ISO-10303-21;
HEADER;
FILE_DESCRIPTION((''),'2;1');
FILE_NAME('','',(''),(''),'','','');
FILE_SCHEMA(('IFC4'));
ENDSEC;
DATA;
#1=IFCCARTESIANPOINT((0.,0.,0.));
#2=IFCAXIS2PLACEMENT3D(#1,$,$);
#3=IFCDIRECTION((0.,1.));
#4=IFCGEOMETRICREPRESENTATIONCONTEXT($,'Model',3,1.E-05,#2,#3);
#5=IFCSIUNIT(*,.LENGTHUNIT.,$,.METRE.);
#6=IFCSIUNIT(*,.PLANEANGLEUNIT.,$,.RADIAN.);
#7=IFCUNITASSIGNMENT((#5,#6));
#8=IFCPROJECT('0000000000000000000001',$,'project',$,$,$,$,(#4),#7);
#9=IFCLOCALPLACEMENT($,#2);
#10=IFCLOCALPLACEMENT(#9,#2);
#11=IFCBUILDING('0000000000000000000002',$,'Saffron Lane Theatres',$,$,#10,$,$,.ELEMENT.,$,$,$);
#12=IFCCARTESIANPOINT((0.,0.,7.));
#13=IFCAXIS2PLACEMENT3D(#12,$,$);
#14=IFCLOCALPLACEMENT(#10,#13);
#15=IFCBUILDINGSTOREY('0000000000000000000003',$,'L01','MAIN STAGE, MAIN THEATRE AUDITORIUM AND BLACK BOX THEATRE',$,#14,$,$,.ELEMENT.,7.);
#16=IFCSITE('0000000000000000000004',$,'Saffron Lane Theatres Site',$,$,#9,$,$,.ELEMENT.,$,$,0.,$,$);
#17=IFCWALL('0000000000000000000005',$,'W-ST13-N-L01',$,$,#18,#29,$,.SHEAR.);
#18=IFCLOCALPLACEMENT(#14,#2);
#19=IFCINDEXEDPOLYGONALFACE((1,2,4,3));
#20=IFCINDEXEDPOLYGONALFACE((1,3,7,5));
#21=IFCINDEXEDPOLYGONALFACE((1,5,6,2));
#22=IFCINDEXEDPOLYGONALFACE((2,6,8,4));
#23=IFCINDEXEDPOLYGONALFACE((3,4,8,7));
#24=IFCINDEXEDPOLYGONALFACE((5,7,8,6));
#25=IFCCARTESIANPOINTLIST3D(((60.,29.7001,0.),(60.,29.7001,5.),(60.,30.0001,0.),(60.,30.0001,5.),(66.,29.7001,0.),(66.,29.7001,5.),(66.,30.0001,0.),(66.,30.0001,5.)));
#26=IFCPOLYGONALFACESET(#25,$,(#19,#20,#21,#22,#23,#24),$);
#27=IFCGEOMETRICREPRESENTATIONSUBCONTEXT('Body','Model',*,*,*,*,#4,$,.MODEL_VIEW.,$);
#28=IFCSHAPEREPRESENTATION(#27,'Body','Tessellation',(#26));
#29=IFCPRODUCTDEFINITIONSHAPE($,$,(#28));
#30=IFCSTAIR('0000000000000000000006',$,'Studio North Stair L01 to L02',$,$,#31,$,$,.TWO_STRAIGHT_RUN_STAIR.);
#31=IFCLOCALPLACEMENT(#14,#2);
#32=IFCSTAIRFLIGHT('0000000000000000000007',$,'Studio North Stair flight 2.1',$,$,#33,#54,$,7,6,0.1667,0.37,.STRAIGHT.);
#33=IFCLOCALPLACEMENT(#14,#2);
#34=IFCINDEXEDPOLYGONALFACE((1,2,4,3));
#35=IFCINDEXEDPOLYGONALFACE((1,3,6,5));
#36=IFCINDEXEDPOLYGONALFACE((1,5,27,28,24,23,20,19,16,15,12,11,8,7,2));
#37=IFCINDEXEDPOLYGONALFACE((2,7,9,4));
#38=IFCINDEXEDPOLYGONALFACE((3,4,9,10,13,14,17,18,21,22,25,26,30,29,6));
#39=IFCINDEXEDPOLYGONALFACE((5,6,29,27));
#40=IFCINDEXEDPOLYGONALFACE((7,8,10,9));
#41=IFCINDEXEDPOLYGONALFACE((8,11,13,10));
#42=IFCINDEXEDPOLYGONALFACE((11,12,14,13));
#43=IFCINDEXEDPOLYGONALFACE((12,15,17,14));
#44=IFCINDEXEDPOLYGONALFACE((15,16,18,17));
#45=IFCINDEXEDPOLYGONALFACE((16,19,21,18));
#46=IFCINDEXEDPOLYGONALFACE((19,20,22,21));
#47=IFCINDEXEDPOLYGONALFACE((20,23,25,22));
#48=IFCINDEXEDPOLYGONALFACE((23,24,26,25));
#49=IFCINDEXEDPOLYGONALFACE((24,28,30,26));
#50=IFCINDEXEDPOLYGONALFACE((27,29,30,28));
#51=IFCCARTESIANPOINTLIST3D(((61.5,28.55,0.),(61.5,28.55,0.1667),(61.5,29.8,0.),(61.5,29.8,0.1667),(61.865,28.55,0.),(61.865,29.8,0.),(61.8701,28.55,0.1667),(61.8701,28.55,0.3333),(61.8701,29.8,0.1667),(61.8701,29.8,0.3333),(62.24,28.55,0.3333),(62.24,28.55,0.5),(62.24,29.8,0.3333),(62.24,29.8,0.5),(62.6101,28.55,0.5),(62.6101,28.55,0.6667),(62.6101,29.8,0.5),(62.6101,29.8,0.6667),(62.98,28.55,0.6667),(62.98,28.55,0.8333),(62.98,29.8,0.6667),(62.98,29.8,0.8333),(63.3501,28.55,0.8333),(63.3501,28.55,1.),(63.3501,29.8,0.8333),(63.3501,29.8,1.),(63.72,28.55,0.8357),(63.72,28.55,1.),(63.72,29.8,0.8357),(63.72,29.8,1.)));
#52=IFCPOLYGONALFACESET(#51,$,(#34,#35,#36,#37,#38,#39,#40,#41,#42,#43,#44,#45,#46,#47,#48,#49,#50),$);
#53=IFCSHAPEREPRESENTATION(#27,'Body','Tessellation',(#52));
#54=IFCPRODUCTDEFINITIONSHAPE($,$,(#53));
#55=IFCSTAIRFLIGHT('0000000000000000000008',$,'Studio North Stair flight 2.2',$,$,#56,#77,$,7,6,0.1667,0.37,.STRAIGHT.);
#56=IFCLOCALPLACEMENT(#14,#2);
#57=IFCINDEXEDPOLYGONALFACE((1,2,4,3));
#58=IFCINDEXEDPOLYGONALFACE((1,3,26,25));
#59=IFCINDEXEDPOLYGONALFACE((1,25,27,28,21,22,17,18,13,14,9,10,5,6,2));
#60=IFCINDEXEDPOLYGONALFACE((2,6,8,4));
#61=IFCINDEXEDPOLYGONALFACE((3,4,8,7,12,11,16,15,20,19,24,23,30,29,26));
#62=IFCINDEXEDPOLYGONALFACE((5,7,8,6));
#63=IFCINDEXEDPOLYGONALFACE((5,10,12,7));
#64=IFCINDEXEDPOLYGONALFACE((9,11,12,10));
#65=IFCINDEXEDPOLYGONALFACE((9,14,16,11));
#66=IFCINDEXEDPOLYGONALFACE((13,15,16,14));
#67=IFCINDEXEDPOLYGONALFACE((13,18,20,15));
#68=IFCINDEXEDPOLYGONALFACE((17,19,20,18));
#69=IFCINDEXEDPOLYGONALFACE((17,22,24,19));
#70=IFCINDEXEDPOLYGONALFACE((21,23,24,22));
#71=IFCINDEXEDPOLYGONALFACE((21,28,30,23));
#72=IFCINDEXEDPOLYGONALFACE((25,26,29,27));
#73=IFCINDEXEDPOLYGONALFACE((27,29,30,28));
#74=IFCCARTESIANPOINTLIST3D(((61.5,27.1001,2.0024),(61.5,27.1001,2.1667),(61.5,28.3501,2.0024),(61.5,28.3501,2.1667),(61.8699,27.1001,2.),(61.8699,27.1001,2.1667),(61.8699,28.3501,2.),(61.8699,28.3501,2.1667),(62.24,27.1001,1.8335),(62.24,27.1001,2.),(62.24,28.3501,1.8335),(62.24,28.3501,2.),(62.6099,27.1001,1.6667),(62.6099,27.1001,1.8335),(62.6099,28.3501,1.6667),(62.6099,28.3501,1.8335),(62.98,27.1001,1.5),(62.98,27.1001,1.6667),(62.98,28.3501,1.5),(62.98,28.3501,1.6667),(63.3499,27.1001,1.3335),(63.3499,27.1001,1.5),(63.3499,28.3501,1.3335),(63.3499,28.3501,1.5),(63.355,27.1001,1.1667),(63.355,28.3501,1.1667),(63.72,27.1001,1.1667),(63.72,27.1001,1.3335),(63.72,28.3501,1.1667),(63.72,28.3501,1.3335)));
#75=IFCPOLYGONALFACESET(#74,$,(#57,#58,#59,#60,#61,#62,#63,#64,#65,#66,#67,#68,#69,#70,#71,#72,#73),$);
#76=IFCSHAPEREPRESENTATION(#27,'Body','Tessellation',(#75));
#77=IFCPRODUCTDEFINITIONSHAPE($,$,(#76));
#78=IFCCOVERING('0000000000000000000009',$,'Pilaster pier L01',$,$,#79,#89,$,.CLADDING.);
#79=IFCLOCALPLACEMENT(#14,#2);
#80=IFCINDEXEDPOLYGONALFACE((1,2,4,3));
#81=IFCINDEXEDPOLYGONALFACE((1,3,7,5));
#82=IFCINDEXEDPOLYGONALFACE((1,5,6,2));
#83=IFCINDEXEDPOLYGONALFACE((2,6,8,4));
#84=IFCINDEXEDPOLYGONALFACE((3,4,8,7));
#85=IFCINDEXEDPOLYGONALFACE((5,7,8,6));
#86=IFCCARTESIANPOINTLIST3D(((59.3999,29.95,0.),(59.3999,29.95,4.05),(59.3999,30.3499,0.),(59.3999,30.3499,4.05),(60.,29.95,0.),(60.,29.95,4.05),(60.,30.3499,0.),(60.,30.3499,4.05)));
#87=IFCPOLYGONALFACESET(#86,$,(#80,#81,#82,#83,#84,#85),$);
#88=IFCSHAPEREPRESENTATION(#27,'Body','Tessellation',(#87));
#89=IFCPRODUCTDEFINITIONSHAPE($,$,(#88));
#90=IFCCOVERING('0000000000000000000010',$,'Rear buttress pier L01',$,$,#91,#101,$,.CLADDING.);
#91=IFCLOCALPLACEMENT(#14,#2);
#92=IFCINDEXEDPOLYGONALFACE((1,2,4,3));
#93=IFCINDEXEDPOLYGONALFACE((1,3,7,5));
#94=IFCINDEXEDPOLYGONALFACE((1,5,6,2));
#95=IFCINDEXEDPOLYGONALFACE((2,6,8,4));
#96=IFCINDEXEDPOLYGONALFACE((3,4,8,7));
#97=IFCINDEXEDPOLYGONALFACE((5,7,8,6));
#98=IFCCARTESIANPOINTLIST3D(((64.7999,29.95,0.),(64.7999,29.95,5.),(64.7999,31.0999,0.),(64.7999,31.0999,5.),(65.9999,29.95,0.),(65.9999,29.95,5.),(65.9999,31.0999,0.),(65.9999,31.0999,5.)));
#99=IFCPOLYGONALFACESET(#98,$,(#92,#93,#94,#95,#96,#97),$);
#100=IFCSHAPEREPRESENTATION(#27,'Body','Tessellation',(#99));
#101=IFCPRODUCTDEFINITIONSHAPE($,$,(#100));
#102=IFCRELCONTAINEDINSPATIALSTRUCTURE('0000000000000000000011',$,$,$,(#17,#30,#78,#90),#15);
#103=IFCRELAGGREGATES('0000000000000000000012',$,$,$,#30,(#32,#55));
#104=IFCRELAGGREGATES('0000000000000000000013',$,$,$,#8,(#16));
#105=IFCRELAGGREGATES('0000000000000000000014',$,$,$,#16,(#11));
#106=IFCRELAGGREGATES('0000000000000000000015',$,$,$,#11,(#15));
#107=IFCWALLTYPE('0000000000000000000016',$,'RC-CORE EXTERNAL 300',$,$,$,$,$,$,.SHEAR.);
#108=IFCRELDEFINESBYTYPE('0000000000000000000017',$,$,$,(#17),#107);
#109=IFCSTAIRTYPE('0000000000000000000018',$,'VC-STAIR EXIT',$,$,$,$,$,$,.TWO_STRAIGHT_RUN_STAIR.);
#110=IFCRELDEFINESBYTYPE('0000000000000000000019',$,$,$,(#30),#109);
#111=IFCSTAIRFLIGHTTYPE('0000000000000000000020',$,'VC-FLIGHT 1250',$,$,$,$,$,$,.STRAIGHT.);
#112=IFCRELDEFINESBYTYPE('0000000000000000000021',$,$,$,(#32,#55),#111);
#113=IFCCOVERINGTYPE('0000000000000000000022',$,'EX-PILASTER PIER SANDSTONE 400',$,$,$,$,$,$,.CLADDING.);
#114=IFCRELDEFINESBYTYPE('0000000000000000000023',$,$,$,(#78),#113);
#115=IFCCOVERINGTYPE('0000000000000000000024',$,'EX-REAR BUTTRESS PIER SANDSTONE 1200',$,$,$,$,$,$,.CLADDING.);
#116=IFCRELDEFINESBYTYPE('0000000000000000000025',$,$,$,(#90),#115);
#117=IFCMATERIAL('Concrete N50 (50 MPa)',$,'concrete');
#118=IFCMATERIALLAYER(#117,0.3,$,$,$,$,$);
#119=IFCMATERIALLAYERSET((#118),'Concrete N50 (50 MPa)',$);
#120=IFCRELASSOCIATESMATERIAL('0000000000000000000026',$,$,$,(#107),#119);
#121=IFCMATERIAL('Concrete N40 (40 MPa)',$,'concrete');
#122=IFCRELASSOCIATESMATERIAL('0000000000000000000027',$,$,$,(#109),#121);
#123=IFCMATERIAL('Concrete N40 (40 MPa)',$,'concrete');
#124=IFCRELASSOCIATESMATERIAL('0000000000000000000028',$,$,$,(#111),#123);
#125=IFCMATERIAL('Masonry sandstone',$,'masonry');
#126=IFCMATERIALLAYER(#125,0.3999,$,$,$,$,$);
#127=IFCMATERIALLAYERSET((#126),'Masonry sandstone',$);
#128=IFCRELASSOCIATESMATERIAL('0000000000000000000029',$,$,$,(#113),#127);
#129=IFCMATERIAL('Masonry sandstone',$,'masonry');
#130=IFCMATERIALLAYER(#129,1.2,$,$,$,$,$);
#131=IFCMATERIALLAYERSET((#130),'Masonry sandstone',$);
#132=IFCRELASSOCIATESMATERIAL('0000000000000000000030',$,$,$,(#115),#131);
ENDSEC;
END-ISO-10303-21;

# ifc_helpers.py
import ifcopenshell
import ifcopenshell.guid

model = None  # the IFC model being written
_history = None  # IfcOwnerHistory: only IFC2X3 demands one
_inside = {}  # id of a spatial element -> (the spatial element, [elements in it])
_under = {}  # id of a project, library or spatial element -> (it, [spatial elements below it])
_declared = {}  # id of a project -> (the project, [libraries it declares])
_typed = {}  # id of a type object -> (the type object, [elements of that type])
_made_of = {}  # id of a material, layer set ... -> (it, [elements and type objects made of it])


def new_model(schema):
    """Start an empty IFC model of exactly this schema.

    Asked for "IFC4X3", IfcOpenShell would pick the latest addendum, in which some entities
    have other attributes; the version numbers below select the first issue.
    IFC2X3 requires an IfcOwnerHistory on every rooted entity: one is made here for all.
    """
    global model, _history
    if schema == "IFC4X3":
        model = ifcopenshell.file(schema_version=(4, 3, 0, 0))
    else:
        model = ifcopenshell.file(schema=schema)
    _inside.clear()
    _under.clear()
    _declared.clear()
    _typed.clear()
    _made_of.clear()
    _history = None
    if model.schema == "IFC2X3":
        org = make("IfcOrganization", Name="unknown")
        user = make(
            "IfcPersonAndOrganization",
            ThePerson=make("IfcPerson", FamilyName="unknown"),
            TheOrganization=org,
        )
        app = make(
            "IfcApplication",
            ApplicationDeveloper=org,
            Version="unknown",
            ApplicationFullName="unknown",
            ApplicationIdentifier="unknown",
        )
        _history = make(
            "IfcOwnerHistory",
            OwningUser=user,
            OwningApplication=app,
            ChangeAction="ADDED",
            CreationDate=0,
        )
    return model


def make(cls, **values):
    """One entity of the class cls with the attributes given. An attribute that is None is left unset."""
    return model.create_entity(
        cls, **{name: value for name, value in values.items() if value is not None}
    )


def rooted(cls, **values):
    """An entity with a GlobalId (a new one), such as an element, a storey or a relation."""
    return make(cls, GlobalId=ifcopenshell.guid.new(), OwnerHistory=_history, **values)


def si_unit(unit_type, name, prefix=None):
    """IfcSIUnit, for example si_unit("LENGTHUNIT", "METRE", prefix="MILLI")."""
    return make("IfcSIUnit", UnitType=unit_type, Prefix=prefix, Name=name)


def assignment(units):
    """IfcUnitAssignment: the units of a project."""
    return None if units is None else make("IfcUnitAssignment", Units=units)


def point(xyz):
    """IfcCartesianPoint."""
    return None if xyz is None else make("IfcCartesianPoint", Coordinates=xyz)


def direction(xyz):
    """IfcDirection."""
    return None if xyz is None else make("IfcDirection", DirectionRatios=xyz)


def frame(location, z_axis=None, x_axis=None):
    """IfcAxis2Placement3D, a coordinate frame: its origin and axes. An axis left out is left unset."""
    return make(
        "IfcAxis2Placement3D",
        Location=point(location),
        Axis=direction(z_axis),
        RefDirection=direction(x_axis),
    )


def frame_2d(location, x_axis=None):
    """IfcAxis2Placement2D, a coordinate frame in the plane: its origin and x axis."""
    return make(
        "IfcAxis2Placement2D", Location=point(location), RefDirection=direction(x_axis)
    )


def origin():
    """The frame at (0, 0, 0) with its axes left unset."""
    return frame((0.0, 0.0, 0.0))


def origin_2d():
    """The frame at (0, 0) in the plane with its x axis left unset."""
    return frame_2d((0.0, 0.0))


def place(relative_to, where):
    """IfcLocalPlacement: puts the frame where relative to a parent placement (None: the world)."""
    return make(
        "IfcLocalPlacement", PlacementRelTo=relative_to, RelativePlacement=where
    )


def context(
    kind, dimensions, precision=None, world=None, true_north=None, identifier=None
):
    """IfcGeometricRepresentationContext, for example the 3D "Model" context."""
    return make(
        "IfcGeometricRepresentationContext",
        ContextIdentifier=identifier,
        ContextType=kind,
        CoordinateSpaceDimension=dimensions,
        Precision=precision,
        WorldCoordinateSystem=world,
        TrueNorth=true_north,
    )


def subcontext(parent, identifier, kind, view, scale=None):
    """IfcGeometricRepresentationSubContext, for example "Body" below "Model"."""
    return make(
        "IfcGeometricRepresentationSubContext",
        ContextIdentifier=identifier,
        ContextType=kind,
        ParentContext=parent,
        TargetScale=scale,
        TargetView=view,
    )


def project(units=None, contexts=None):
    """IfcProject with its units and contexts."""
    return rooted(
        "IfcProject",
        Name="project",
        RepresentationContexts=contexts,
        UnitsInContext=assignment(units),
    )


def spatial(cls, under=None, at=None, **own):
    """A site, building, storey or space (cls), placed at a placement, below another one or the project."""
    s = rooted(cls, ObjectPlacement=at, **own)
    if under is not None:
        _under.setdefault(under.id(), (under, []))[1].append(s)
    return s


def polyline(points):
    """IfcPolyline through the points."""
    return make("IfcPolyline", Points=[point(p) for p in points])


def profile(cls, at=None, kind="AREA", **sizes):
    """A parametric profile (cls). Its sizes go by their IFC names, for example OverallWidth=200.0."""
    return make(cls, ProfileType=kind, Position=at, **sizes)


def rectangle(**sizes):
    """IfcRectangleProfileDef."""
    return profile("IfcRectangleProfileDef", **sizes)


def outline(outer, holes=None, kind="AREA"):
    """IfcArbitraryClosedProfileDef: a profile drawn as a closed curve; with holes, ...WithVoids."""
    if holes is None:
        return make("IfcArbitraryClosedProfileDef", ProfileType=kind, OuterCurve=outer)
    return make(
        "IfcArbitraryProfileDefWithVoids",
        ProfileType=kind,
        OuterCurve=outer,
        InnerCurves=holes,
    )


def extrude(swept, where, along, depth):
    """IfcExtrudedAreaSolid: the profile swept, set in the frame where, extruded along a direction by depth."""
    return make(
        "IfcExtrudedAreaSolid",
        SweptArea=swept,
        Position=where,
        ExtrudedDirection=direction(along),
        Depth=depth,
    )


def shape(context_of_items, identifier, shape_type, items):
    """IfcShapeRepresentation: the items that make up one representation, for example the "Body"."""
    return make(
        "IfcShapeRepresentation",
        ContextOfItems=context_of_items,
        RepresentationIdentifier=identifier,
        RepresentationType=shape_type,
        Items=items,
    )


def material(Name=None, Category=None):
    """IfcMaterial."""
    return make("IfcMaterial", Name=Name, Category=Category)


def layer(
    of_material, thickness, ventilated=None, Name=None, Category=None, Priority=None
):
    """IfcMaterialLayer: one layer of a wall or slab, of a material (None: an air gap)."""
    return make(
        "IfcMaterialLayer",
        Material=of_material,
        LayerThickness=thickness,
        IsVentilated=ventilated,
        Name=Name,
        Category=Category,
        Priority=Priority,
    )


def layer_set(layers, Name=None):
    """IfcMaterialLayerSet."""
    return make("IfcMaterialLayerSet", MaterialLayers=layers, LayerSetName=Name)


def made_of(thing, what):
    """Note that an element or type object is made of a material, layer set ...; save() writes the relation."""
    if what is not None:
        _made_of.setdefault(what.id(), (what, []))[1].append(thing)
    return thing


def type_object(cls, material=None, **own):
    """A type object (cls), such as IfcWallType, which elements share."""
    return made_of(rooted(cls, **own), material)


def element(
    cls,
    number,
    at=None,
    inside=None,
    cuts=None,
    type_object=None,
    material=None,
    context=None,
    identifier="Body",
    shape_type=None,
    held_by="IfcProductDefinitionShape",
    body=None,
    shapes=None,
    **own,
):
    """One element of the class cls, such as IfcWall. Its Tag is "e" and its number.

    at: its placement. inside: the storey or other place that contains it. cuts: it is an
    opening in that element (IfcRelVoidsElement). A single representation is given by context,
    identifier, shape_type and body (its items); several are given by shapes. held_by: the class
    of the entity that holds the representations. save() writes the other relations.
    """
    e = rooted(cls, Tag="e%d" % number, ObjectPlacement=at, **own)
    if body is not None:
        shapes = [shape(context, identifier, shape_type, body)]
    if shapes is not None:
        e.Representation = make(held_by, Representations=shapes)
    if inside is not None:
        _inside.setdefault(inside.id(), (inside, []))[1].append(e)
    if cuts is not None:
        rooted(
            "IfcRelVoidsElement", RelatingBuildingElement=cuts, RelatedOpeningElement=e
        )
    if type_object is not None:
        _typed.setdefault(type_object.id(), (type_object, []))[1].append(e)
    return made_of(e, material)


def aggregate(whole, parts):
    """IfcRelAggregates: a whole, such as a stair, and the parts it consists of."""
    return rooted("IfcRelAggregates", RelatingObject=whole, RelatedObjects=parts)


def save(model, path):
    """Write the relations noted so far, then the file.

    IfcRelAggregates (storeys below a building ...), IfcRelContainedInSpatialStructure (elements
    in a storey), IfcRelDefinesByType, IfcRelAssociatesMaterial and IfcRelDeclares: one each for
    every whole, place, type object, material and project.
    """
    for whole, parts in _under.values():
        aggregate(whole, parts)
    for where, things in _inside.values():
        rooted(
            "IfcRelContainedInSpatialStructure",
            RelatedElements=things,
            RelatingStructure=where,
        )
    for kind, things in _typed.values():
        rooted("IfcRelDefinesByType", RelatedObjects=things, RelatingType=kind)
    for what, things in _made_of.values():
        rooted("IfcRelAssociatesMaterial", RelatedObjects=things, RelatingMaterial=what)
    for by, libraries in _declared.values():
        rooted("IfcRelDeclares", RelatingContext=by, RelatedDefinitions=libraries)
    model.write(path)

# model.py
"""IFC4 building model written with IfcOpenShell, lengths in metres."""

from ifc_helpers import new_model, si_unit, direction, frame, frame_2d, origin, origin_2d, place, context, subcontext, project, spatial, polyline, rectangle, outline, extrude, material, layer, layer_set, type_object, element, aggregate, save


model = new_model("IFC4")

# Units and contexts
model_context = context("Model", 3, precision=1e-05, world=origin(), true_north=direction((0.0, 1.0)))
body_context = subcontext(model_context, "Body", "Model", "MODEL_VIEW")
ifc_project = project(units=[si_unit("LENGTHUNIT", "METRE"), si_unit("PLANEANGLEUNIT", "RADIAN")], contexts=[model_context])

# Site, building, storey
site_placement = place(None, origin())
site = spatial("IfcSite", under=ifc_project, at=site_placement, Name="Saffron Lane Theatres Site", CompositionType="ELEMENT", RefElevation=0.0)
building_placement = place(site_placement, origin())
building = spatial("IfcBuilding", under=site, at=building_placement, Name="Saffron Lane Theatres", CompositionType="ELEMENT")
storey_placement = place(building_placement, frame((0.0, 0.0, 7.0)))
storey = spatial("IfcBuildingStorey", under=building, at=storey_placement, Name="L01", Description="MAIN STAGE, MAIN THEATRE AUDITORIUM AND BLACK BOX THEATRE", CompositionType="ELEMENT", Elevation=7.0)

# Wall
ifc_material_1 = material(Name="Concrete N50 (50 MPa)", Category="concrete")
ifc_layer_1 = layer(ifc_material_1, 0.3)
ifc_layer_set_1 = layer_set([ifc_layer_1], Name="Concrete N50 (50 MPa)")
wall_type = type_object("IfcWallType", Name="RC-CORE EXTERNAL 300", PredefinedType="SHEAR", material=ifc_layer_set_1)
wall_placement = place(storey_placement, frame((60.0, 29.8501, 0.0), z_axis=(0.0, 0.0, 1.0), x_axis=(1.0, 0.0, 0.0)))
element("IfcWall", 1, at=wall_placement, inside=storey, type_object=wall_type, Name="W-ST13-N-L01", PredefinedType="SHEAR", context=body_context, shape_type="SweptSolid", body=[
    extrude(rectangle(XDim=6.0, YDim=0.3, at=frame_2d((3.0, 0.0))), origin(), (0.0, 0.0, 1.0), 5.0),
])

# Stair, stair flights
ifc_material_2 = material(Name="Concrete N40 (40 MPa)", Category="concrete")
stair_type = type_object("IfcStairType", Name="VC-STAIR EXIT", PredefinedType="TWO_STRAIGHT_RUN_STAIR", material=ifc_material_2)
stair_placement = place(storey_placement, origin())
stair = element("IfcStair", 2, at=stair_placement, inside=storey, type_object=stair_type, Name="Studio North Stair L01 to L02", PredefinedType="TWO_STRAIGHT_RUN_STAIR")
ifc_material_3 = material(Name="Concrete N40 (40 MPa)", Category="concrete")
stair_flight_type = type_object("IfcStairFlightType", Name="VC-FLIGHT 1250", PredefinedType="STRAIGHT", material=ifc_material_3)
stair_flight_1_placement = place(storey_placement, frame((61.5, 29.175, 0.0), z_axis=(0.0, 0.0, 1.0), x_axis=(1.0, 0.0, 0.0)))
stair_flight_1 = element("IfcStairFlight", 3, at=stair_flight_1_placement, type_object=stair_flight_type, Name="Studio North Stair flight 2.1", NumberOfRisers=7, NumberOfTreads=6, PredefinedType="STRAIGHT", RiserHeight=0.1667, TreadLength=0.37, context=body_context, shape_type="SweptSolid", body=[
    extrude(outline(polyline([(0.0, 0.0), (0.0, 0.1667), (0.3701, 0.1667), (0.3701, 0.3333), (0.74, 0.3333), (0.74, 0.5), (1.1101, 0.5), (1.1101, 0.6667), (1.48, 0.6667), (1.48, 0.8333), (1.8501, 0.8333), (1.8501, 1.0), (2.22, 1.0), (2.22, 1.1667), (2.22, 0.8357), (0.365, 0.0), (0.0, 0.0)])), frame((0.0, 0.625, 0.0), z_axis=(0.0, -1.0, 0.0), x_axis=(1.0, 0.0, 0.0)), (0.0, 0.0, 1.0), 1.25),
])
stair_flight_2_placement = place(storey_placement, frame((63.72, 27.7251, 1.1667), z_axis=(0.0, 0.0, 1.0), x_axis=(-1.0, 0.0, 0.0)))
stair_flight_2 = element("IfcStairFlight", 4, at=stair_flight_2_placement, type_object=stair_flight_type, Name="Studio North Stair flight 2.2", NumberOfRisers=7, NumberOfTreads=6, PredefinedType="STRAIGHT", RiserHeight=0.1667, TreadLength=0.37, context=body_context, shape_type="SweptSolid", body=[
    extrude(outline(polyline([(0.0, 0.0), (0.0, 0.1667), (0.3701, 0.1667), (0.3701, 0.3333), (0.74, 0.3333), (0.74, 0.5), (1.1101, 0.5), (1.1101, 0.6667), (1.48, 0.6667), (1.48, 0.8333), (1.8501, 0.8333), (1.8501, 1.0), (2.22, 1.0), (2.22, 1.1667), (2.22, 0.8357), (0.365, 0.0), (0.0, 0.0)])), frame((0.0, 0.625, 0.0), z_axis=(0.0, -1.0, 0.0), x_axis=(1.0, 0.0, 0.0)), (0.0, 0.0, 1.0), 1.25),
])
aggregate(stair, [stair_flight_1, stair_flight_2])

# Coverings
ifc_material_4 = material(Name="Masonry sandstone", Category="masonry")
ifc_layer_2 = layer(ifc_material_4, 0.3999)
ifc_layer_set_2 = layer_set([ifc_layer_2], Name="Masonry sandstone")
covering_type_1 = type_object("IfcCoveringType", Name="EX-PILASTER PIER SANDSTONE 400", PredefinedType="CLADDING", material=ifc_layer_set_2)
covering_1_placement = place(storey_placement, frame((59.7, 30.1499, 0.0), z_axis=(0.0, 0.0, 1.0), x_axis=(1.0, 0.0, 0.0)))
element("IfcCovering", 5, at=covering_1_placement, inside=storey, type_object=covering_type_1, Name="Pilaster pier L01", PredefinedType="CLADDING", context=body_context, shape_type="SweptSolid", body=[
    extrude(rectangle(XDim=0.6001, YDim=0.3999, at=origin_2d()), origin(), (0.0, 0.0, 1.0), 4.05),
])
ifc_material_5 = material(Name="Masonry sandstone", Category="masonry")
ifc_layer_3 = layer(ifc_material_5, 1.2)
ifc_layer_set_3 = layer_set([ifc_layer_3], Name="Masonry sandstone")
covering_type_2 = type_object("IfcCoveringType", Name="EX-REAR BUTTRESS PIER SANDSTONE 1200", PredefinedType="CLADDING", material=ifc_layer_set_3)
covering_2_placement = place(storey_placement, frame((65.3999, 30.5249, 0.0), z_axis=(0.0, 0.0, 1.0), x_axis=(1.0, 0.0, 0.0)))
element("IfcCovering", 6, at=covering_2_placement, inside=storey, type_object=covering_type_2, Name="Rear buttress pier L01", PredefinedType="CLADDING", context=body_context, shape_type="SweptSolid", body=[
    extrude(rectangle(XDim=1.2, YDim=1.1499, at=origin_2d()), origin(), (0.0, 0.0, 1.0), 5.0),
])

save(model, "model.ifc")
